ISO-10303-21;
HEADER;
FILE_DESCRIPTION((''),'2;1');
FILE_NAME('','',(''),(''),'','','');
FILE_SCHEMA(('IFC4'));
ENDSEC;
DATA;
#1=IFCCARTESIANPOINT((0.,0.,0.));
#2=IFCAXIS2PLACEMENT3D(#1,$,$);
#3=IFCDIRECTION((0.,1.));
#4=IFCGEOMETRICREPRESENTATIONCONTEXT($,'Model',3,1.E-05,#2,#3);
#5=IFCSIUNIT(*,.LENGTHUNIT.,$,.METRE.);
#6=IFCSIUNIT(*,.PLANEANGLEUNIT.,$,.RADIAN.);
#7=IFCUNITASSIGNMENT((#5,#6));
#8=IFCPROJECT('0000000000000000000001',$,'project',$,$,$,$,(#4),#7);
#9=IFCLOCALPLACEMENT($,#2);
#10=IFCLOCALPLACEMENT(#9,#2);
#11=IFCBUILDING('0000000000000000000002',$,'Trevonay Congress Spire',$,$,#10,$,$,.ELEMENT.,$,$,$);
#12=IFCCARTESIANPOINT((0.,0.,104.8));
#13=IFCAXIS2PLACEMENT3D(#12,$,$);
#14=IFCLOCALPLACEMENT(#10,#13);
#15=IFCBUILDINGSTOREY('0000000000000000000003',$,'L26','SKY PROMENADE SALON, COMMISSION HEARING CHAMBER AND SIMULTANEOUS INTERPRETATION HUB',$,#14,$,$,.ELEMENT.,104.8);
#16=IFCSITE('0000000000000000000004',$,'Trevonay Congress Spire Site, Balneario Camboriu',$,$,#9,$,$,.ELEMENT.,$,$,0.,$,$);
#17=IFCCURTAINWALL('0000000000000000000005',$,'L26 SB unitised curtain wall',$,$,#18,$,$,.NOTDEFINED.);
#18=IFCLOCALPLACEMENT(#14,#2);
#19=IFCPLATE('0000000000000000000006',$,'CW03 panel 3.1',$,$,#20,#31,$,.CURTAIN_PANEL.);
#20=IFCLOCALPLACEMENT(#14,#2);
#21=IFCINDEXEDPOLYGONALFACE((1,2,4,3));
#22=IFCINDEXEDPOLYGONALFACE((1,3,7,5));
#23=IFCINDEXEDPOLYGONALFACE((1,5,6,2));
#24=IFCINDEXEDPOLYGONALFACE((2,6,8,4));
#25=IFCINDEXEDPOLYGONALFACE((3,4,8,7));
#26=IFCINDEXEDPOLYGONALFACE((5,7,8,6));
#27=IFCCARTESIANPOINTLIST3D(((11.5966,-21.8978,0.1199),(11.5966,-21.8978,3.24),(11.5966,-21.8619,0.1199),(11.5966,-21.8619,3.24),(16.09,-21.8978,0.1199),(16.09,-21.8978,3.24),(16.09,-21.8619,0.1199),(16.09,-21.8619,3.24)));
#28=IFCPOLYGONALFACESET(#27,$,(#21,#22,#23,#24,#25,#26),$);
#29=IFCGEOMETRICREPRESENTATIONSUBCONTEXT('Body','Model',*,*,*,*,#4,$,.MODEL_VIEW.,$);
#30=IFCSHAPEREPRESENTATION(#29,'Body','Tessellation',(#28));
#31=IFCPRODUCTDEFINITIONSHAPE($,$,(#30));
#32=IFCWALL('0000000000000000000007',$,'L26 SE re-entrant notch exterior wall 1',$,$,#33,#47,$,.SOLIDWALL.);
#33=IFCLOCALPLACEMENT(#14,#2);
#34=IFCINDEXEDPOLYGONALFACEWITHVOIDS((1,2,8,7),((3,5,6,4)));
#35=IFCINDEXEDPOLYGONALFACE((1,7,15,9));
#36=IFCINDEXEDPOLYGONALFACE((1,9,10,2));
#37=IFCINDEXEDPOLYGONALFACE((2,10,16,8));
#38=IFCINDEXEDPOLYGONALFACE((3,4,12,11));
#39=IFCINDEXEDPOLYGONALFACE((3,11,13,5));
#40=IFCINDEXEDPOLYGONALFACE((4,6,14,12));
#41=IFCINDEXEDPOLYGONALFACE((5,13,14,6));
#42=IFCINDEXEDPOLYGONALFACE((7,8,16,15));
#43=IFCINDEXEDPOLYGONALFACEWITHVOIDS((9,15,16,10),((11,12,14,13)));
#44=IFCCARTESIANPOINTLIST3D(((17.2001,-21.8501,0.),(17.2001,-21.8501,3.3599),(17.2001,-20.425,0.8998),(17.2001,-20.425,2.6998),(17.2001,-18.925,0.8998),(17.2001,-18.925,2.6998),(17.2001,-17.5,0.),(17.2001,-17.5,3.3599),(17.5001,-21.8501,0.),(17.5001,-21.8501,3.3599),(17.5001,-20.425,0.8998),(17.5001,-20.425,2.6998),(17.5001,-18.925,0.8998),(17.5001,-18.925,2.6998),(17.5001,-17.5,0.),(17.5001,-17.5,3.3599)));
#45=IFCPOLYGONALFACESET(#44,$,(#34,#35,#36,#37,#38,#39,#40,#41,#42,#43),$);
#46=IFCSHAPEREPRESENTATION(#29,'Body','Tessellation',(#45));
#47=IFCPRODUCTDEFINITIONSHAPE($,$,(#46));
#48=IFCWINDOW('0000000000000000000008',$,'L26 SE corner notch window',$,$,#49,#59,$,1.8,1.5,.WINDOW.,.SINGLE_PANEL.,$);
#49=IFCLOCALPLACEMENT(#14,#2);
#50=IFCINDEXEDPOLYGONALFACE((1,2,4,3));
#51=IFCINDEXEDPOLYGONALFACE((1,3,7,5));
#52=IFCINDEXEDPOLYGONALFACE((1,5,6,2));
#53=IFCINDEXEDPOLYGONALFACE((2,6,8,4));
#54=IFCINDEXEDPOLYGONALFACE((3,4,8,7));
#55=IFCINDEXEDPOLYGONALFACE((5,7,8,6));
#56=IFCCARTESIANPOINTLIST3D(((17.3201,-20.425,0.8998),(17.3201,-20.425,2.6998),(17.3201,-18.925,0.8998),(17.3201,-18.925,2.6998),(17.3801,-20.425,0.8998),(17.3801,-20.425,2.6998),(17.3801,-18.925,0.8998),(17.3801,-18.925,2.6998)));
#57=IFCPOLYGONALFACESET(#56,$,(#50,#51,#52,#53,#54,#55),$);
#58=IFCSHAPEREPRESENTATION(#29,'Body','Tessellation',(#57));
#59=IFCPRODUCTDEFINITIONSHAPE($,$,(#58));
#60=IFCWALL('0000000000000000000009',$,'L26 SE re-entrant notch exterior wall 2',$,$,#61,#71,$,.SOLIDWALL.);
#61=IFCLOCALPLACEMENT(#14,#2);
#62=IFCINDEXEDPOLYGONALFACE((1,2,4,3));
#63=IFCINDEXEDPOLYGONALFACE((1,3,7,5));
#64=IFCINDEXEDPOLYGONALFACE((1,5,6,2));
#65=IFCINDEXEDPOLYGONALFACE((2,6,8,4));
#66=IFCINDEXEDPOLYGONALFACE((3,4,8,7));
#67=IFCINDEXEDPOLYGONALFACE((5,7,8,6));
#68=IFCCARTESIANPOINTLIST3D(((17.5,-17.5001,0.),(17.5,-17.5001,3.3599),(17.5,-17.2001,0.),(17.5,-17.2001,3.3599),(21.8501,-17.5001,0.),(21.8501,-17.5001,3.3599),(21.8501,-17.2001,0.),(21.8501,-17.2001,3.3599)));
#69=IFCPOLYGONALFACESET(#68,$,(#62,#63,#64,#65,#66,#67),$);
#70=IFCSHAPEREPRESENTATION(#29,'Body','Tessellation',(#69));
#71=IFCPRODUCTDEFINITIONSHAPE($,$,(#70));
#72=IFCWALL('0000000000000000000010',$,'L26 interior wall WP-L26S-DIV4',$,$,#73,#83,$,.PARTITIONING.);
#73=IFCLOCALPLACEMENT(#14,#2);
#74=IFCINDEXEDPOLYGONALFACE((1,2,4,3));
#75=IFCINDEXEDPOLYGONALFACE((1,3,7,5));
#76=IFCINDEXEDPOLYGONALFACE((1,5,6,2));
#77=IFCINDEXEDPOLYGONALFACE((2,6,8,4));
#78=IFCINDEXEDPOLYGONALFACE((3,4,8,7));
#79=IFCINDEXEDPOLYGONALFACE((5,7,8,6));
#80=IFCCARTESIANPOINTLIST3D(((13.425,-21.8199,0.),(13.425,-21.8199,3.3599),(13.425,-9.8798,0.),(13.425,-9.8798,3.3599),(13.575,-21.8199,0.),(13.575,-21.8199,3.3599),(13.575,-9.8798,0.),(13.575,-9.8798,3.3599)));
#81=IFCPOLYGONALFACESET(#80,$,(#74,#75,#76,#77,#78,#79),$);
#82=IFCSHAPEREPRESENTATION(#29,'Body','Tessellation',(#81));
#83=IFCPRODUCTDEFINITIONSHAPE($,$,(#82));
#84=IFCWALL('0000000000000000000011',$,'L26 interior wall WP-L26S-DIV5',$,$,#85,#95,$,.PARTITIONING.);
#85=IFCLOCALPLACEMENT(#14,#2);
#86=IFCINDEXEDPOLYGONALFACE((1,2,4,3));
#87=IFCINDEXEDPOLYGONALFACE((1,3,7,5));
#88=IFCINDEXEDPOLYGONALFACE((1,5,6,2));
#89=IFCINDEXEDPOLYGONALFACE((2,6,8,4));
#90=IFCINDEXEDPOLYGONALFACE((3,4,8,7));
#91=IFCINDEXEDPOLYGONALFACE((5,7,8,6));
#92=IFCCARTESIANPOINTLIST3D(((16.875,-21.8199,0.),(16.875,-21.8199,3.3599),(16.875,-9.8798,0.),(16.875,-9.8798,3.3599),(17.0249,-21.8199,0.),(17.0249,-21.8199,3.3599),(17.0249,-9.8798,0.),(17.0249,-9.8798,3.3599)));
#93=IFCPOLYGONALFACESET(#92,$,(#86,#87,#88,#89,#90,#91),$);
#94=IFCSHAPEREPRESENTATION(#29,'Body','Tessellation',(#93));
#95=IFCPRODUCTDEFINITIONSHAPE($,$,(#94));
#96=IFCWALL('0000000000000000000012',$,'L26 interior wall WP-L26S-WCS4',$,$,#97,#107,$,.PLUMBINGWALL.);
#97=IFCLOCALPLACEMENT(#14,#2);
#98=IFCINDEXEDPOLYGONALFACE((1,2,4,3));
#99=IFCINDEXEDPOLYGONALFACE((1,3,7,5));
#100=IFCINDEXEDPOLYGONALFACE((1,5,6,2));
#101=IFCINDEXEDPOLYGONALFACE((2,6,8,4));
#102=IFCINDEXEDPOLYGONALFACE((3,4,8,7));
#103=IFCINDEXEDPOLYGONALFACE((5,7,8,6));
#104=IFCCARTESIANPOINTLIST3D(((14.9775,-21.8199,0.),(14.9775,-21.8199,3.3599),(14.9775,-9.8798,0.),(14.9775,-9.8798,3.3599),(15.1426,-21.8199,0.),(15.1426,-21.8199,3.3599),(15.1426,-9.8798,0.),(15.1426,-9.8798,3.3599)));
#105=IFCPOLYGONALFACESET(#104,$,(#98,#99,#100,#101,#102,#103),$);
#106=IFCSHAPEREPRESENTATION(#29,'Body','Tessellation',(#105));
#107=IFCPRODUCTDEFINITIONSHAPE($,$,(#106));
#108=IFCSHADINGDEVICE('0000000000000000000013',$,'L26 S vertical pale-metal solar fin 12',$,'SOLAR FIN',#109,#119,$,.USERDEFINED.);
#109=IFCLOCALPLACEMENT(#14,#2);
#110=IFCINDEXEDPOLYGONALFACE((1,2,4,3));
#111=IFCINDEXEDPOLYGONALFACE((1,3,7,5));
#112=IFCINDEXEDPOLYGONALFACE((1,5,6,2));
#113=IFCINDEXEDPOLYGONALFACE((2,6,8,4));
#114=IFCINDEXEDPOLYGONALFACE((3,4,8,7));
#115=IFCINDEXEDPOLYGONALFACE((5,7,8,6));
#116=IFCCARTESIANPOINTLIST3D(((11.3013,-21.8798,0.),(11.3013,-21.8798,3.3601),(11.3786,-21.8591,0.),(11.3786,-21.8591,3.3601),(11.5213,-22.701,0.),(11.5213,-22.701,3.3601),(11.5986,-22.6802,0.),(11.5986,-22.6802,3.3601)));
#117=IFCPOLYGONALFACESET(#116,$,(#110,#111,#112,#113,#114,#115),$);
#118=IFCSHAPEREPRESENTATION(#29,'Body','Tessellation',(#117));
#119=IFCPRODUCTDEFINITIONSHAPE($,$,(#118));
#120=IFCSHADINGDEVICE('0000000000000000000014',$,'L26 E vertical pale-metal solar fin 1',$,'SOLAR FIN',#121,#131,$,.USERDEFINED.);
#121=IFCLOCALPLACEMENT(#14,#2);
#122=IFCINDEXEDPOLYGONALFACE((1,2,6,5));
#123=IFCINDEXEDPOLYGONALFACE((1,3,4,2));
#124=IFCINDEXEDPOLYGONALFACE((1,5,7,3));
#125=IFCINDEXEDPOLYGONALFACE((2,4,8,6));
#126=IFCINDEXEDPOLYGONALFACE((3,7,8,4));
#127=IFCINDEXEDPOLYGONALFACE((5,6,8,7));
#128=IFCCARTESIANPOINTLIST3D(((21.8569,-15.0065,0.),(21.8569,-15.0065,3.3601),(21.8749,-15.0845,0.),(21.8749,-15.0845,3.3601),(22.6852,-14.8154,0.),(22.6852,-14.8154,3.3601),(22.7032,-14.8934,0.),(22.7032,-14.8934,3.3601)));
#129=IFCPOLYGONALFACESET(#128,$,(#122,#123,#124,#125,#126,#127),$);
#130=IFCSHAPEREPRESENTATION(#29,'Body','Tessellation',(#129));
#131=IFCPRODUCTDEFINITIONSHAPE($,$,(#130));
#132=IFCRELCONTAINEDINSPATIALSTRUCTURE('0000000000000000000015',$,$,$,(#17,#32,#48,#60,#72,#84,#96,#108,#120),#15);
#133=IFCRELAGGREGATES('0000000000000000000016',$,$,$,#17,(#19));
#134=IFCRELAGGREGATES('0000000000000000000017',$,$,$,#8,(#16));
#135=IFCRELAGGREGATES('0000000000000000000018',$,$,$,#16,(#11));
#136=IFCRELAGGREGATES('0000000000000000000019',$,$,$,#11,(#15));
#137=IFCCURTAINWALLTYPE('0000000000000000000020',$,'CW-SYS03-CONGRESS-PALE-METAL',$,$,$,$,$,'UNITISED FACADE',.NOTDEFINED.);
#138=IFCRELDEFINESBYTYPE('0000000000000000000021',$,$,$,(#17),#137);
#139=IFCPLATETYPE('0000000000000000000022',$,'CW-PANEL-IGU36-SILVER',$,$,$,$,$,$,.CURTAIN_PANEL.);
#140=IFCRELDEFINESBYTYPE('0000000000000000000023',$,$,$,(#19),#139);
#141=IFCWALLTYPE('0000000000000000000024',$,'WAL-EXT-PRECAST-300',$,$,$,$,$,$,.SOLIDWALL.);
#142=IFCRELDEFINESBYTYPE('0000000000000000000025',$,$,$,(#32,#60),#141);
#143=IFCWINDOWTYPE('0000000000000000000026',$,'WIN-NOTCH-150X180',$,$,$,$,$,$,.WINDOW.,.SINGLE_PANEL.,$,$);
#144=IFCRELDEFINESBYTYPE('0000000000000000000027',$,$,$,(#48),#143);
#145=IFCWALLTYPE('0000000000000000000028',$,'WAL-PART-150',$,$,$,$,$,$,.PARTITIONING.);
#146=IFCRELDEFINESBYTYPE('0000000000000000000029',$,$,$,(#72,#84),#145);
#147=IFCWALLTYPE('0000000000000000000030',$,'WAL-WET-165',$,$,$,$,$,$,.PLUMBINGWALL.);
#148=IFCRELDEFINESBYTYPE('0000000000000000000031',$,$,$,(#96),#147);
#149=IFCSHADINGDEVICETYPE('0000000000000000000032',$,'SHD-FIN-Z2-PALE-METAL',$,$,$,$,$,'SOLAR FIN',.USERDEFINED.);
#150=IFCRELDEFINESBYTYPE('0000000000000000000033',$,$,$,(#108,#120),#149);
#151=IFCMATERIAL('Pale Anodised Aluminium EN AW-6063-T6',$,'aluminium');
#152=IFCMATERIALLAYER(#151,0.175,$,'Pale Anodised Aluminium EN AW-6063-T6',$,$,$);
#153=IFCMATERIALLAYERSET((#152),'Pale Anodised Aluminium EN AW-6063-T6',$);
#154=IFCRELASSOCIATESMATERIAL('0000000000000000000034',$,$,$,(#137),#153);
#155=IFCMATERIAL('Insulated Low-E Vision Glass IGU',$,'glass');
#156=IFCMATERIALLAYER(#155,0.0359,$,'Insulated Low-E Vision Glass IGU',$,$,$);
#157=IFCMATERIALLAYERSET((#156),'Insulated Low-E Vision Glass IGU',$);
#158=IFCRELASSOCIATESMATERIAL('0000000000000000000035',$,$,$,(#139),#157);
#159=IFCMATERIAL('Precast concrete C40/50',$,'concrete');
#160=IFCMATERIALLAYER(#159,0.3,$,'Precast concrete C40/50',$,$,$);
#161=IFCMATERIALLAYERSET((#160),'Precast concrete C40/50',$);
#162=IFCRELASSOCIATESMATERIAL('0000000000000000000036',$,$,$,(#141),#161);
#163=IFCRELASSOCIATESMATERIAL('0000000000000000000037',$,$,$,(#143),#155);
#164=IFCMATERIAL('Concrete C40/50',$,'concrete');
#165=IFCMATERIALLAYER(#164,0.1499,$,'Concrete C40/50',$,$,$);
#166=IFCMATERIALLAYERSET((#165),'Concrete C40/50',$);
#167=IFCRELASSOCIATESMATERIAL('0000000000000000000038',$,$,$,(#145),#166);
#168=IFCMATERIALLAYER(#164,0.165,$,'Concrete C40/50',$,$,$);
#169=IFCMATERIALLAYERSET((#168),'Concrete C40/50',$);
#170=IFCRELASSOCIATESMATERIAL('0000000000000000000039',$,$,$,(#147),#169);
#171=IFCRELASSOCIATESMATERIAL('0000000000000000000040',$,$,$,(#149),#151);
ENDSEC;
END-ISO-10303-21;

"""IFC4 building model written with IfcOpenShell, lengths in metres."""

from ifc_helpers import new_model, si_unit, direction, frame, frame_2d, origin, origin_2d, place, context, subcontext, project, spatial, rectangle, extrude, material, layer, layer_set, type_object, element, fill, aggregate, save


model = new_model("IFC4")

# Units and contexts
model_context = context("Model", 3, precision=1e-05, world=origin(), true_north=direction((0.0, 1.0)))
body_context = subcontext(model_context, "Body", "Model", "MODEL_VIEW")
ifc_project = project(units=[si_unit("LENGTHUNIT", "METRE"), si_unit("PLANEANGLEUNIT", "RADIAN")], contexts=[model_context])

# Site, building, storey
site_placement = place(None, origin())
site = spatial("IfcSite", under=ifc_project, at=site_placement, Name="Trevonay Congress Spire Site, Balneario Camboriu", CompositionType="ELEMENT", RefElevation=0.0)
building_placement = place(site_placement, origin())
building = spatial("IfcBuilding", under=site, at=building_placement, Name="Trevonay Congress Spire", CompositionType="ELEMENT")
storey_placement = place(building_placement, frame((0.0, 0.0, 104.8)))
storey = spatial("IfcBuildingStorey", under=building, at=storey_placement, Name="L26", Description="SKY PROMENADE SALON, COMMISSION HEARING CHAMBER AND SIMULTANEOUS INTERPRETATION HUB", CompositionType="ELEMENT", Elevation=104.8)

# Curtain wall
ifc_material_1 = material(Name="Pale Anodised Aluminium EN AW-6063-T6", Category="aluminium")
ifc_layer_1 = layer(ifc_material_1, 0.175, Name="Pale Anodised Aluminium EN AW-6063-T6")
ifc_layer_set_1 = layer_set([ifc_layer_1], Name="Pale Anodised Aluminium EN AW-6063-T6")
curtain_wall_type = type_object("IfcCurtainWallType", Name="CW-SYS03-CONGRESS-PALE-METAL", ElementType="UNITISED FACADE", PredefinedType="NOTDEFINED", material=ifc_layer_set_1)
curtain_wall_1_placement = place(storey_placement, origin())
curtain_wall_1 = element("IfcCurtainWall", 1, at=curtain_wall_1_placement, inside=storey, type_object=curtain_wall_type, Name="L26 SB unitised curtain wall", PredefinedType="NOTDEFINED")

# Plate
ifc_material_2 = material(Name="Insulated Low-E Vision Glass IGU", Category="glass")
ifc_layer_2 = layer(ifc_material_2, 0.0359, Name="Insulated Low-E Vision Glass IGU")
ifc_layer_set_2 = layer_set([ifc_layer_2], Name="Insulated Low-E Vision Glass IGU")
plate_type = type_object("IfcPlateType", Name="CW-PANEL-IGU36-SILVER", PredefinedType="CURTAIN_PANEL", material=ifc_layer_set_2)
plate_placement = place(storey_placement, frame((13.8433, -21.8799, 0.1199), z_axis=(0.0, 0.0, 1.0), x_axis=(1.0, 0.0, 0.0)))
plate = element("IfcPlate", 2, at=plate_placement, type_object=plate_type, Name="CW03 panel 3.1", PredefinedType="CURTAIN_PANEL", context=body_context, shape_type="SweptSolid", body=[
    extrude(rectangle(XDim=4.4934, YDim=0.0359, at=origin_2d()), origin(), (0.0, 0.0, 1.0), 3.1201),
])
aggregate(curtain_wall_1, [plate])

# Wall, opening, window
ifc_material_3 = material(Name="Precast concrete C40/50", Category="concrete")
ifc_layer_3 = layer(ifc_material_3, 0.3, Name="Precast concrete C40/50")
ifc_layer_set_3 = layer_set([ifc_layer_3], Name="Precast concrete C40/50")
wall_type_1 = type_object("IfcWallType", Name="WAL-EXT-PRECAST-300", PredefinedType="SOLIDWALL", material=ifc_layer_set_3)
wall_1_placement = place(storey_placement, frame((17.3501, -21.8501, 0.0), z_axis=(0.0, 0.0, 1.0), x_axis=(0.0, 1.0, 0.0)))
wall_1 = element("IfcWall", 3, at=wall_1_placement, inside=storey, type_object=wall_type_1, Name="L26 SE re-entrant notch exterior wall 1", PredefinedType="SOLIDWALL", context=body_context, shape_type="SweptSolid", body=[
    extrude(rectangle(XDim=4.3501, YDim=0.3, at=frame_2d((2.175, 0.0))), origin(), (0.0, 0.0, 1.0), 3.3599),
])
opening_placement = place(wall_1_placement, frame((1.425, 0.0, 0.8999)))
opening = element("IfcOpeningElement", 4, at=opening_placement, cuts=wall_1, PredefinedType="OPENING", context=body_context, shape_type="SweptSolid", body=[
    extrude(rectangle(XDim=1.5, YDim=1.8, at=frame_2d((0.75, 0.8999))), frame((0.0, 0.1602, 0.0), z_axis=(0.0, -1.0, 0.0), x_axis=(1.0, 0.0, 0.0)), (0.0, 0.0, 1.0), 0.3201),
])
window_type = type_object("IfcWindowType", Name="WIN-NOTCH-150X180", PartitioningType="SINGLE_PANEL", PredefinedType="WINDOW", material=ifc_material_2)
window_placement = place(opening_placement, origin())
window = element("IfcWindow", 5, at=window_placement, inside=storey, type_object=window_type, Name="L26 SE corner notch window", OverallHeight=1.8, OverallWidth=1.5, PartitioningType="SINGLE_PANEL", PredefinedType="WINDOW", context=body_context, shape_type="SweptSolid", body=[
    extrude(rectangle(XDim=1.5, YDim=1.8, at=frame_2d((0.75, 0.8999))), frame((0.0, 0.03, 0.0), z_axis=(0.0, -1.0, 0.0), x_axis=(1.0, 0.0, 0.0)), (0.0, 0.0, 1.0), 0.0601),
])
fill(opening, window)

# Walls
wall_2_placement = place(storey_placement, frame((21.8501, -17.3501, 0.0), z_axis=(0.0, 0.0, 1.0), x_axis=(-1.0, 0.0, 0.0)))
element("IfcWall", 6, at=wall_2_placement, inside=storey, type_object=wall_type_1, Name="L26 SE re-entrant notch exterior wall 2", PredefinedType="SOLIDWALL", context=body_context, shape_type="SweptSolid", body=[
    extrude(rectangle(XDim=4.3501, YDim=0.3, at=frame_2d((2.175, 0.0))), origin(), (0.0, 0.0, 1.0), 3.3599),
])
ifc_material_4 = material(Name="Concrete C40/50", Category="concrete")
ifc_layer_4 = layer(ifc_material_4, 0.1499, Name="Concrete C40/50")
ifc_layer_set_4 = layer_set([ifc_layer_4], Name="Concrete C40/50")
wall_type_2 = type_object("IfcWallType", Name="WAL-PART-150", PredefinedType="PARTITIONING", material=ifc_layer_set_4)
for number, where, z_axis, x_axis, name in (
    (7, (13.5, -21.8201, 0.0), (0.0, 0.0, 1.0), (0.0, 1.0, 0.0), "L26 interior wall WP-L26S-DIV4"),
    (8, (16.95, -21.8201, 0.0), (0.0, 0.0, 1.0), (0.0, 1.0, 0.0), "L26 interior wall WP-L26S-DIV5"),
):
    element("IfcWall", number, at=place(storey_placement, frame(where, z_axis=z_axis, x_axis=x_axis)), inside=storey, type_object=wall_type_2, Name=name, PredefinedType="PARTITIONING", context=body_context, shape_type="SweptSolid", body=[
        extrude(rectangle(XDim=11.9402, YDim=0.1499, at=frame_2d((5.9702, 0.0))), origin(), (0.0, 0.0, 1.0), 3.3599),
    ])
ifc_layer_5 = layer(ifc_material_4, 0.165, Name="Concrete C40/50")
ifc_layer_set_5 = layer_set([ifc_layer_5], Name="Concrete C40/50")
wall_type_3 = type_object("IfcWallType", Name="WAL-WET-165", PredefinedType="PLUMBINGWALL", material=ifc_layer_set_5)
wall_3_placement = place(storey_placement, frame((15.0601, -21.8201, 0.0), z_axis=(0.0, 0.0, 1.0), x_axis=(0.0, 1.0, 0.0)))
element("IfcWall", 9, at=wall_3_placement, inside=storey, type_object=wall_type_3, Name="L26 interior wall WP-L26S-WCS4", PredefinedType="PLUMBINGWALL", context=body_context, shape_type="SweptSolid", body=[
    extrude(rectangle(XDim=11.9402, YDim=0.165, at=frame_2d((5.9702, 0.0))), origin(), (0.0, 0.0, 1.0), 3.3599),
])

# Shading devices
shading_device_type = type_object("IfcShadingDeviceType", Name="SHD-FIN-Z2-PALE-METAL", ElementType="SOLAR FIN", PredefinedType="USERDEFINED", material=ifc_material_1)
for number, where, z_axis, x_axis, name in (
    (10, (11.45, -22.28, 0.0), (0.0, 0.0, 1.0), (0.965926, 0.258819, 0.0), "L26 S vertical pale-metal solar fin 12"),
    (11, (22.28, -14.95, 0.0), (0.0, 0.0, 1.0), (-0.224781, 0.974409, 0.0), "L26 E vertical pale-metal solar fin 1"),
):
    element("IfcShadingDevice", number, at=place(storey_placement, frame(where, z_axis=z_axis, x_axis=x_axis)), inside=storey, type_object=shading_device_type, Name=name, ObjectType="SOLAR FIN", PredefinedType="USERDEFINED", context=body_context, shape_type="SweptSolid", body=[
        extrude(rectangle(XDim=0.0801, YDim=0.8501, at=origin_2d()), origin(), (0.0, 0.0, 1.0), 3.3601),
    ])

save(model, "model.ifc")
